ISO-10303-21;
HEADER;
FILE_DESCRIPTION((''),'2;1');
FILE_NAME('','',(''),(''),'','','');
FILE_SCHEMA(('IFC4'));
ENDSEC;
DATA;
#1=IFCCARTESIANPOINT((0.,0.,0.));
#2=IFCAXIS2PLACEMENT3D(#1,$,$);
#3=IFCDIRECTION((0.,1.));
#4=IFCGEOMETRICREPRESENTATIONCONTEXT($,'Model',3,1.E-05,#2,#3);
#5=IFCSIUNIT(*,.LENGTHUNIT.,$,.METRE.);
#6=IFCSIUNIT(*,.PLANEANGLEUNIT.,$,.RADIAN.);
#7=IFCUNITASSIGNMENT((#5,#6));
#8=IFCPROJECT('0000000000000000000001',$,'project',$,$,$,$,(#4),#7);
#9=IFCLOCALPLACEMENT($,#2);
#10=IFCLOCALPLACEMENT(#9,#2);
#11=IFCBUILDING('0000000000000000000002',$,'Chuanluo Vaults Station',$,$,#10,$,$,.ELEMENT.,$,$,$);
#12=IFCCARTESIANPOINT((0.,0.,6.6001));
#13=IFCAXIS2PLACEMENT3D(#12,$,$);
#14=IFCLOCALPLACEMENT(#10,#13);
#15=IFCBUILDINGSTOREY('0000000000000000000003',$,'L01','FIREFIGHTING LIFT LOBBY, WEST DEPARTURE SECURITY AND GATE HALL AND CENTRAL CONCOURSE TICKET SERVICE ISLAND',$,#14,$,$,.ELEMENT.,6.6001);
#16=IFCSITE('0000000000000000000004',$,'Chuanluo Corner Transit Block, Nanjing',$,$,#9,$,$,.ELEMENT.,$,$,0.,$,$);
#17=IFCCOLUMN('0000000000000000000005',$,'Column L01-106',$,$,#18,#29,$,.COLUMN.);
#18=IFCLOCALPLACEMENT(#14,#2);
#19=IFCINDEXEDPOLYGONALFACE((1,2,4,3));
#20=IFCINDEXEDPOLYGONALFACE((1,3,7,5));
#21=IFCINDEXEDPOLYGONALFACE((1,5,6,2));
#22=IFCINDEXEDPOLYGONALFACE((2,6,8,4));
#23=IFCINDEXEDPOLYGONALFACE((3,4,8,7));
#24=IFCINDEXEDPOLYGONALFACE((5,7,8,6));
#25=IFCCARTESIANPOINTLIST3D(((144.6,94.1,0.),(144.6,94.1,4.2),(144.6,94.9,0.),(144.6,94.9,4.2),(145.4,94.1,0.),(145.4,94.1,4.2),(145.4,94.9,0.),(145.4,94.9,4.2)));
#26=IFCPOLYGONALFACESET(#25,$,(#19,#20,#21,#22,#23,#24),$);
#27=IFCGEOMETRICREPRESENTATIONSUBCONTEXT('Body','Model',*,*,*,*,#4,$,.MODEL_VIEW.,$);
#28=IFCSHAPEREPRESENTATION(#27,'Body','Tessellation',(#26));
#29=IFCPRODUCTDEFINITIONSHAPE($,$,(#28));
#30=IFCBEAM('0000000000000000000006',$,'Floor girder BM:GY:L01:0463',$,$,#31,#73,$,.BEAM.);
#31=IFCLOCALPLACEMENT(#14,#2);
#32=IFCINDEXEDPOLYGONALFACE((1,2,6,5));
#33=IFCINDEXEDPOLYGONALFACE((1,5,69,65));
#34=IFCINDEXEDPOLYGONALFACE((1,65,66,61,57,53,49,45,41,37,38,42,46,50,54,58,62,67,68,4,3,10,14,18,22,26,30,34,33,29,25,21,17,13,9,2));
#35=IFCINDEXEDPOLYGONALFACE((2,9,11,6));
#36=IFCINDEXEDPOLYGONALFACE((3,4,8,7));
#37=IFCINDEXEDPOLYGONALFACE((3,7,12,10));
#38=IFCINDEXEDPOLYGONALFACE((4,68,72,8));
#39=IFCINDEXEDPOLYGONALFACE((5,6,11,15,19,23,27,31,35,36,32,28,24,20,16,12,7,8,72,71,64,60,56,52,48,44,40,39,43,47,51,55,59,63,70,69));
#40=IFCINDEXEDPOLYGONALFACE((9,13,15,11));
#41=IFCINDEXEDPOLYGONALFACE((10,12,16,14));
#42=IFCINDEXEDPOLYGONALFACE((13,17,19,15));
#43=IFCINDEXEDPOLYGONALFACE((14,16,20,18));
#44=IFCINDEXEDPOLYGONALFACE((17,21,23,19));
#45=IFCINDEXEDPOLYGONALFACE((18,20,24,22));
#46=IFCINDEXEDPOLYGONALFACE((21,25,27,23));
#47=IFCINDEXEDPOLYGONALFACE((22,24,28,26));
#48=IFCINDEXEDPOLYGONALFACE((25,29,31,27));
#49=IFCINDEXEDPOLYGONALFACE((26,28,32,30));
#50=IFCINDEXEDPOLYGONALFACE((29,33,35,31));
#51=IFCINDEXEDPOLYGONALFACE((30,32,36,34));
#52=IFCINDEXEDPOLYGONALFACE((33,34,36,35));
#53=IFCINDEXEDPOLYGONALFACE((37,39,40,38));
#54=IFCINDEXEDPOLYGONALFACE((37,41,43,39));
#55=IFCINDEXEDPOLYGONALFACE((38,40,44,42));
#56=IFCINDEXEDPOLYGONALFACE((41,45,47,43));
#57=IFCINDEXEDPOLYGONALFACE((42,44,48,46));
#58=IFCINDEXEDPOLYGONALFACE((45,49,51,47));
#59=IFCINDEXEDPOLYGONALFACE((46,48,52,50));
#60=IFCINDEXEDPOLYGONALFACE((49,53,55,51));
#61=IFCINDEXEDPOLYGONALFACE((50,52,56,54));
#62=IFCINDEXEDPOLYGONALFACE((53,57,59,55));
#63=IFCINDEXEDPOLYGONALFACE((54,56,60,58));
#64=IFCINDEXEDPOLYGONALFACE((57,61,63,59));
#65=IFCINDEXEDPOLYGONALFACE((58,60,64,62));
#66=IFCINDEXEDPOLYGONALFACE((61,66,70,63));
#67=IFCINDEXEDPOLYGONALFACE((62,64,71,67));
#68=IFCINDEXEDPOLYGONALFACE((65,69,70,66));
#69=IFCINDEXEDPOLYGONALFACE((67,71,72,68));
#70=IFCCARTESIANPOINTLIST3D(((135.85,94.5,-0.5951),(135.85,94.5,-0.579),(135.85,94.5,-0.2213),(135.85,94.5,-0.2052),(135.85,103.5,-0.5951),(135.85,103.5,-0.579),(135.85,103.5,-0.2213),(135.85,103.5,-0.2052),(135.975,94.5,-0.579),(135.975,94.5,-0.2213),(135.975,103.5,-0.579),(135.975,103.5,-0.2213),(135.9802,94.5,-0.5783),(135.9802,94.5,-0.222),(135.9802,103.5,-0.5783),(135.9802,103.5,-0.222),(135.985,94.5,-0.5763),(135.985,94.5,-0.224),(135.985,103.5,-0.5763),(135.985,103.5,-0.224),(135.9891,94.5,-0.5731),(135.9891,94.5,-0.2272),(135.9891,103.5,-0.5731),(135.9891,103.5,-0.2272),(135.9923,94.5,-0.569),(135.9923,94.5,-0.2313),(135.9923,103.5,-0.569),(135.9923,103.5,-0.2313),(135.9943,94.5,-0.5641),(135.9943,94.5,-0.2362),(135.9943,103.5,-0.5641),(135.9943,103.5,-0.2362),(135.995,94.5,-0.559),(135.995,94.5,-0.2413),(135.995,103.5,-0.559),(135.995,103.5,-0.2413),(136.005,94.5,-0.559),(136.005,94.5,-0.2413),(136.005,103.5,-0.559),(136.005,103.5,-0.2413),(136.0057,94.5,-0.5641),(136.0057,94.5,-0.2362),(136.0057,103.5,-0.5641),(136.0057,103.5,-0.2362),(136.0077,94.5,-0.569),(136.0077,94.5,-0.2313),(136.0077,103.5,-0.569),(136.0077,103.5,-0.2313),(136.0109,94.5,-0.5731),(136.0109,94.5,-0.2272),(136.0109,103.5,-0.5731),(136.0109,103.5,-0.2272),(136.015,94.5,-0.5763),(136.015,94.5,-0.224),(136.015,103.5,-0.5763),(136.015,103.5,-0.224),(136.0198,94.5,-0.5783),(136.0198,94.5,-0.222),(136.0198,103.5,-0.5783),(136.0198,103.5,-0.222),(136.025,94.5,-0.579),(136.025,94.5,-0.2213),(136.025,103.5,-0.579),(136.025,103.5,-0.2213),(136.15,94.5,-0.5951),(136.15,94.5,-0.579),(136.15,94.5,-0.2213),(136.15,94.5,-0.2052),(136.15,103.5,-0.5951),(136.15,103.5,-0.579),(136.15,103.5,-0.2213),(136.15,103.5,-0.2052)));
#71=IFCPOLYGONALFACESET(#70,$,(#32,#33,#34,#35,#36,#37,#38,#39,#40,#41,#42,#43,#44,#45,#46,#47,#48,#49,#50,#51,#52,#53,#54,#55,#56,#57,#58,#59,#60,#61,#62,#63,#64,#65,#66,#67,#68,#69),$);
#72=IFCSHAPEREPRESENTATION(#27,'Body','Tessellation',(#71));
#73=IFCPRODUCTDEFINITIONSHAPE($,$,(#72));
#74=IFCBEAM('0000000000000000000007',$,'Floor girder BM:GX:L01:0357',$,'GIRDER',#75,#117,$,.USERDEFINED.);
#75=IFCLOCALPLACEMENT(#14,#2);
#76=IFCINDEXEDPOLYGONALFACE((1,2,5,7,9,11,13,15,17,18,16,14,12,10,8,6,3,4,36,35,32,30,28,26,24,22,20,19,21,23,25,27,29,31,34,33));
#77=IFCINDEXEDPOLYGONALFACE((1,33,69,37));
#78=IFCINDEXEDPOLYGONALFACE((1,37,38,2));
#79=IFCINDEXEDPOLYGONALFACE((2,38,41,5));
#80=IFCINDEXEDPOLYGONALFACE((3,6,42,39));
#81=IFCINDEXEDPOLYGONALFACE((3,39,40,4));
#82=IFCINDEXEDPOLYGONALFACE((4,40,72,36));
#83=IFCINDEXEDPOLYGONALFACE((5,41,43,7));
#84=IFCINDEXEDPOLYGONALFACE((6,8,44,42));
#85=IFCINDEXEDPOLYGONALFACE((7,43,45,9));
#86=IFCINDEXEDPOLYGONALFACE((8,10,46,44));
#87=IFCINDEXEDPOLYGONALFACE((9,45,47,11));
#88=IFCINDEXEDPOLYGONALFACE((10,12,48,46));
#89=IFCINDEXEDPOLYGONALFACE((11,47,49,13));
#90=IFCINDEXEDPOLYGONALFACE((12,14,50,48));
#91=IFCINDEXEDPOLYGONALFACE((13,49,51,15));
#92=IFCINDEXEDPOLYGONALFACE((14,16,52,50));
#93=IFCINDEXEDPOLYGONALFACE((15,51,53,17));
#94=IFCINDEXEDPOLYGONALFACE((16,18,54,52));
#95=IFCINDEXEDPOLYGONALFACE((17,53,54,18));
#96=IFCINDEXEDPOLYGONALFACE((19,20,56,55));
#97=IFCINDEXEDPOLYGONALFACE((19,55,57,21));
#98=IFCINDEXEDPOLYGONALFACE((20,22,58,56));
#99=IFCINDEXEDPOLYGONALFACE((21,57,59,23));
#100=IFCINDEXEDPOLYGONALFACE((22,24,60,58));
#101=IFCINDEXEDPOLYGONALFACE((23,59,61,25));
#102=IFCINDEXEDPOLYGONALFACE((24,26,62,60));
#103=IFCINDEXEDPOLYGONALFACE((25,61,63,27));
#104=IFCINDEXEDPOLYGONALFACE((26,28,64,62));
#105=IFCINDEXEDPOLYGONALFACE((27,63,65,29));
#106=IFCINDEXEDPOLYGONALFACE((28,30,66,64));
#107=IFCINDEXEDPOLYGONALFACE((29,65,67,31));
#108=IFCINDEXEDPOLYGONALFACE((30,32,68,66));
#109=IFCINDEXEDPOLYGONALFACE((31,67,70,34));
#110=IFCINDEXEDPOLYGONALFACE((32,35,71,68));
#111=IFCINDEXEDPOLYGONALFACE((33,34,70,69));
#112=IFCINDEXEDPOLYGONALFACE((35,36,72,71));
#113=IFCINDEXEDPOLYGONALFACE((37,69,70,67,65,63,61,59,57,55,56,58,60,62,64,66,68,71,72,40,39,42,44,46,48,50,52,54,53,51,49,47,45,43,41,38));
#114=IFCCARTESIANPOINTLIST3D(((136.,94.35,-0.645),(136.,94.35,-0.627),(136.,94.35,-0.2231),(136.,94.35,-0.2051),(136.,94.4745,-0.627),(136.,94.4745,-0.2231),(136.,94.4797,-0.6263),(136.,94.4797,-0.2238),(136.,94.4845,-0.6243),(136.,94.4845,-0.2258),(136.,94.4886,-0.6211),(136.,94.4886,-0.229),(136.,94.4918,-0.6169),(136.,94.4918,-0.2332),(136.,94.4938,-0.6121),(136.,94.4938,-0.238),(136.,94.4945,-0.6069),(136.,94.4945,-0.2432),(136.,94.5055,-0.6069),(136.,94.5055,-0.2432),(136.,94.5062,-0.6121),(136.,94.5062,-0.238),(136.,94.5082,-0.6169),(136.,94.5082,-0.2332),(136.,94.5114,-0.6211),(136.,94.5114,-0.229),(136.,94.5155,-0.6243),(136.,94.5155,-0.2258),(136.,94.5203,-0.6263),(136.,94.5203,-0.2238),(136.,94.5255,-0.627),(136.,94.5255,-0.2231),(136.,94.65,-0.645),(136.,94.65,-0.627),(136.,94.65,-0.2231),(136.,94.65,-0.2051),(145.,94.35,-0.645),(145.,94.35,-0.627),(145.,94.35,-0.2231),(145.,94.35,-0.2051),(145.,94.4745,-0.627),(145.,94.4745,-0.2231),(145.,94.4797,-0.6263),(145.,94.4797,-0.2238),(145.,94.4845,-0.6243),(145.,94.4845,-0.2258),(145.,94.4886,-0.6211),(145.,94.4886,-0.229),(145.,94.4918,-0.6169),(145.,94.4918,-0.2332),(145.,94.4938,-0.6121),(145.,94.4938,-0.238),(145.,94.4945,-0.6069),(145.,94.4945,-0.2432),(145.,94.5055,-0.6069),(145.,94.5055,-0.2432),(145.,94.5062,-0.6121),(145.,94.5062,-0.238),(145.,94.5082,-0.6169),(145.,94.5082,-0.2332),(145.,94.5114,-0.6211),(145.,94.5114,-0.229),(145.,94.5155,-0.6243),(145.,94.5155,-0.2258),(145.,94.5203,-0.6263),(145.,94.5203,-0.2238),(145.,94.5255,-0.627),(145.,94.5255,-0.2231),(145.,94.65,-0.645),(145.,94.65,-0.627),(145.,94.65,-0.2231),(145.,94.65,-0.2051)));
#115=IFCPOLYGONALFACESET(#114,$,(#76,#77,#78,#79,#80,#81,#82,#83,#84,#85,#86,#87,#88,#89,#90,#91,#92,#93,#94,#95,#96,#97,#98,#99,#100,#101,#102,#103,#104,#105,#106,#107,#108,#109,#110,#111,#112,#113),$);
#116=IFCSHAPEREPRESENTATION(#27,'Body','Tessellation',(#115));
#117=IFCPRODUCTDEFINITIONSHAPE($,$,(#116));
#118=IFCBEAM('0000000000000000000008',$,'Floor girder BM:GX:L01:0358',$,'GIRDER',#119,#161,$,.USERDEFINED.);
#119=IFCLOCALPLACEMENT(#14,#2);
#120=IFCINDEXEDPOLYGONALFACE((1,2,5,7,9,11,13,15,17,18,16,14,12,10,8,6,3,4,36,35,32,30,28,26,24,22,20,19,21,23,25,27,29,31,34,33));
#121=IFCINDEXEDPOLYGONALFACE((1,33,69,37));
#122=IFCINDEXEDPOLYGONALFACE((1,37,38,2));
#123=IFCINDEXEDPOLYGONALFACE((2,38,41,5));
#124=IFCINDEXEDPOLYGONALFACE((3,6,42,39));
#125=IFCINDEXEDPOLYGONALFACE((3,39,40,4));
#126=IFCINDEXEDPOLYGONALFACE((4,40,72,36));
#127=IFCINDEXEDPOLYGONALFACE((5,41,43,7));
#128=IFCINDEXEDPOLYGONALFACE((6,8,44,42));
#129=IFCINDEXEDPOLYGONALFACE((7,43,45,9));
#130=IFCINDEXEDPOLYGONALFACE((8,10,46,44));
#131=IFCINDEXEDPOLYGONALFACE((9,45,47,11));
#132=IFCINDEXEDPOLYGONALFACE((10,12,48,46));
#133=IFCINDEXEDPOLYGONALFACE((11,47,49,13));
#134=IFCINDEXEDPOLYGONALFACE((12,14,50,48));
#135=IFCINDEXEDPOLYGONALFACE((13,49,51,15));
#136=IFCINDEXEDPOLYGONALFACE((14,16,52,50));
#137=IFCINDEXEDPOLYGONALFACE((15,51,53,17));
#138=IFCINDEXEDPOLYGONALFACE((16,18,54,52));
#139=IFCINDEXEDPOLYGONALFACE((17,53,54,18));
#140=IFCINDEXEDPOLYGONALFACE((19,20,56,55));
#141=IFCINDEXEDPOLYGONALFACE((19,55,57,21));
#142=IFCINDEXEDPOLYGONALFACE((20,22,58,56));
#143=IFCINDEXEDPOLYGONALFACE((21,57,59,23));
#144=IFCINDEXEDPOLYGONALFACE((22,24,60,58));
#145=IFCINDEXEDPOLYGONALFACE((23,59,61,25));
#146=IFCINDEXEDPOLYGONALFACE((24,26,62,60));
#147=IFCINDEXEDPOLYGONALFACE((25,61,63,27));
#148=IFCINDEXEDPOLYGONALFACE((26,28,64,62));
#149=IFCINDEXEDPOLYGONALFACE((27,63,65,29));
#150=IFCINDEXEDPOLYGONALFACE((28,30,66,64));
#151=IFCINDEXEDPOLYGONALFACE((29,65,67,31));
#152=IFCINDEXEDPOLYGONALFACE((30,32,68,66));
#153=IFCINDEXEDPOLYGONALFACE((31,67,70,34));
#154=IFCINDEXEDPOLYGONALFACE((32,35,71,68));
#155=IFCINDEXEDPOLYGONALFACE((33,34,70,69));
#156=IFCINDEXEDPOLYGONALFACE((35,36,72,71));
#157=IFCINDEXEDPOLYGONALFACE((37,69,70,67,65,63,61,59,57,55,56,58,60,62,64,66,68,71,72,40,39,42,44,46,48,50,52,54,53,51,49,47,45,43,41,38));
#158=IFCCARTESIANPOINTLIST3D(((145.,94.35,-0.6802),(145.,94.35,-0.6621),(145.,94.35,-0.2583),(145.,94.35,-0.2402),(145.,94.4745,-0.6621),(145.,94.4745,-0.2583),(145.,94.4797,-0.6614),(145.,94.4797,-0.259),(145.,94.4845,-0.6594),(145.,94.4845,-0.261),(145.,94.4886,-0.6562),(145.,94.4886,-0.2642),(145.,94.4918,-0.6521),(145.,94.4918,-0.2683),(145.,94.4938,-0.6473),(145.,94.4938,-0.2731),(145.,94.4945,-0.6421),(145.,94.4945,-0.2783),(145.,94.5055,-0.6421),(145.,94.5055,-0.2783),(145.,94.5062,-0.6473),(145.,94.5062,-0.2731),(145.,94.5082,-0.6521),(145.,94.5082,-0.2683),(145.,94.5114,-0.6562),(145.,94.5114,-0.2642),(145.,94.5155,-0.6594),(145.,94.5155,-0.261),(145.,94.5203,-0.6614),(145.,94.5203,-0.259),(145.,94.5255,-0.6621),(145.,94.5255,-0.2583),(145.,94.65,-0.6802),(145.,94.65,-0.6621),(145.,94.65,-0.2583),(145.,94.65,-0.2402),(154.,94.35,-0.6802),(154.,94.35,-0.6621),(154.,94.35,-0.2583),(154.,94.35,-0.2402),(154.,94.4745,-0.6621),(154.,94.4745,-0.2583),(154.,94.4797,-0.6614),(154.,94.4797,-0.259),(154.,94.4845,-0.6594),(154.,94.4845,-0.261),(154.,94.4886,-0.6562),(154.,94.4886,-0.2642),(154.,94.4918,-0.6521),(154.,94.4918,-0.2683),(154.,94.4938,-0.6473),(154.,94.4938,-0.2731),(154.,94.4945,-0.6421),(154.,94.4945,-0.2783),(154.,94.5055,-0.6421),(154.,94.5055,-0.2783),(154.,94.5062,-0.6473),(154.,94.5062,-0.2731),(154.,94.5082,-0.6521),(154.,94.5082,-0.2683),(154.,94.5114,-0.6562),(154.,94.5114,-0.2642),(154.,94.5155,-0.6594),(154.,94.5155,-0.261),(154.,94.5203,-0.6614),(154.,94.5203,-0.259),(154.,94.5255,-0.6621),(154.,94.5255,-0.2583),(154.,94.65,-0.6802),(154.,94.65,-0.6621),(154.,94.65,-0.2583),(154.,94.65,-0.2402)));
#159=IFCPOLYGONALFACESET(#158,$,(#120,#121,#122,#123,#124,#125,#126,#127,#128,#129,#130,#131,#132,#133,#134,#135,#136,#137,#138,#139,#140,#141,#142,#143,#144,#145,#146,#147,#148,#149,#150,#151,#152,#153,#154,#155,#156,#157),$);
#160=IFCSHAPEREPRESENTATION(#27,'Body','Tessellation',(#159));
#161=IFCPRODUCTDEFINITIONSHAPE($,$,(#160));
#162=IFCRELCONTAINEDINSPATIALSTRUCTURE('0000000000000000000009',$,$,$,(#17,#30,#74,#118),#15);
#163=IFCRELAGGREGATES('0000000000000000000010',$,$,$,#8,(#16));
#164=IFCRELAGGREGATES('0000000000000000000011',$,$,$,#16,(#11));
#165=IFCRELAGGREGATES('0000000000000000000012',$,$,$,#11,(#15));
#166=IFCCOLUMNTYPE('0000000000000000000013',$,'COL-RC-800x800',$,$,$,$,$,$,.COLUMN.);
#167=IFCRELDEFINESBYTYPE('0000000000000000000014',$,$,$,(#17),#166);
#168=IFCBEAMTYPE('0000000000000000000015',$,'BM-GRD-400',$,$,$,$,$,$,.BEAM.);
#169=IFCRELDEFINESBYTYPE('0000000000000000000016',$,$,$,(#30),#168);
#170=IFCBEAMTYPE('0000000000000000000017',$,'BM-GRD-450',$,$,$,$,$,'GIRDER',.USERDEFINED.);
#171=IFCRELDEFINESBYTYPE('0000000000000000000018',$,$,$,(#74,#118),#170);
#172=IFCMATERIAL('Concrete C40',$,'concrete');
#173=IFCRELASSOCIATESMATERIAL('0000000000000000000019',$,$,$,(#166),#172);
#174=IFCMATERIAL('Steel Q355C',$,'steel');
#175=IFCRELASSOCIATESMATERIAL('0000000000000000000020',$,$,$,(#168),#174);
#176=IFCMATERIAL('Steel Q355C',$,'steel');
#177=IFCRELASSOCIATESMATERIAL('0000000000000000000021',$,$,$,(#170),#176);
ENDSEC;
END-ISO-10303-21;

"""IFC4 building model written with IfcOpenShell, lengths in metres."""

from ifc_helpers import new_model, si_unit, direction, frame, origin, origin_2d, place, context, subcontext, project, spatial, rectangle, i_section, extrude, material, material_profile, profile_set, type_object, element, save


model = new_model("IFC4")

# Units and contexts
model_context = context("Model", 3, precision=1e-05, world=origin(), true_north=direction((0.0, 1.0)))
body_context = subcontext(model_context, "Body", "Model", "MODEL_VIEW")
ifc_project = project(units=[si_unit("LENGTHUNIT", "METRE"), si_unit("PLANEANGLEUNIT", "RADIAN")], contexts=[model_context])

# Site, building, storey
site_placement = place(None, origin())
site = spatial("IfcSite", under=ifc_project, at=site_placement, Name="Chuanluo Corner Transit Block, Nanjing", CompositionType="ELEMENT", RefElevation=0.0)
building_placement = place(site_placement, origin())
building = spatial("IfcBuilding", under=site, at=building_placement, Name="Chuanluo Vaults Station", CompositionType="ELEMENT")
storey_placement = place(building_placement, frame((0.0, 0.0, 6.6001)))
storey = spatial("IfcBuildingStorey", under=building, at=storey_placement, Name="L01", Description="FIREFIGHTING LIFT LOBBY, WEST DEPARTURE SECURITY AND GATE HALL AND CENTRAL CONCOURSE TICKET SERVICE ISLAND", CompositionType="ELEMENT", Elevation=6.6001)

# Column
ifc_material_1 = material(Name="Concrete C40", Category="concrete")
ifc_material_profile_1 = material_profile(ifc_material_1, rectangle(XDim=0.8, YDim=0.8, at=origin_2d()))
ifc_profile_set_1 = profile_set([ifc_material_profile_1], Name="Concrete C40")
column_type = type_object("IfcColumnType", Name="COL-RC-800x800", PredefinedType="COLUMN", material=ifc_profile_set_1)
column_placement = place(storey_placement, frame((145.0, 94.5, 0.0), z_axis=(0.0, 0.0, 1.0), x_axis=(1.0, 0.0, 0.0)))
element("IfcColumn", 1, at=column_placement, inside=storey, type_object=column_type, Name="Column L01-106", PredefinedType="COLUMN", context=body_context, shape_type="SweptSolid", body=[
    extrude(rectangle(XDim=0.8, YDim=0.8, at=origin_2d()), origin(), (0.0, 0.0, 1.0), 4.2),
])

# Beams
ifc_material_2 = material(Name="Steel Q355C", Category="steel")
ifc_material_profile_2 = material_profile(ifc_material_2, i_section(OverallWidth=0.3, OverallDepth=0.3899, WebThickness=0.01, FlangeThickness=0.0161, FilletRadius=0.02, at=origin_2d()))
ifc_profile_set_2 = profile_set([ifc_material_profile_2], Name="Steel Q355C")
beam_type_1 = type_object("IfcBeamType", Name="BM-GRD-400", PredefinedType="BEAM", material=ifc_profile_set_2)
beam_1_placement = place(storey_placement, frame((136.0, 94.5, -0.4001), z_axis=(0.0, 1.0, 0.0), x_axis=(-1.0, 0.0, 0.0)))
element("IfcBeam", 2, at=beam_1_placement, inside=storey, type_object=beam_type_1, Name="Floor girder BM:GY:L01:0463", PredefinedType="BEAM", context=body_context, shape_type="SweptSolid", body=[
    extrude(i_section(OverallWidth=0.3, OverallDepth=0.3899, WebThickness=0.01, FlangeThickness=0.0161, FilletRadius=0.02, at=origin_2d()), origin(), (0.0, 0.0, 1.0), 9.0),
])
ifc_material_3 = material(Name="Steel Q355C", Category="steel")
ifc_material_profile_3 = material_profile(ifc_material_3, i_section(OverallWidth=0.3, OverallDepth=0.4399, WebThickness=0.011, FlangeThickness=0.0181, FilletRadius=0.02, at=origin_2d()))
ifc_profile_set_3 = profile_set([ifc_material_profile_3], Name="Steel Q355C")
beam_type_2 = type_object("IfcBeamType", Name="BM-GRD-450", ElementType="GIRDER", PredefinedType="USERDEFINED", material=ifc_profile_set_3)
for number, where, z_axis, x_axis, name in (
    (3, (136.0, 94.5, -0.425), (1.0, 0.0, 0.0), (0.0, 1.0, 0.0), "Floor girder BM:GX:L01:0357"),
    (4, (145.0, 94.5, -0.4602), (1.0, 0.0, 0.0), (0.0, 1.0, 0.0), "Floor girder BM:GX:L01:0358"),
):
    element("IfcBeam", number, at=place(storey_placement, frame(where, z_axis=z_axis, x_axis=x_axis)), inside=storey, type_object=beam_type_2, Name=name, ObjectType="GIRDER", PredefinedType="USERDEFINED", context=body_context, shape_type="SweptSolid", body=[
        extrude(i_section(OverallWidth=0.3, OverallDepth=0.4399, WebThickness=0.011, FlangeThickness=0.0181, FilletRadius=0.02, at=origin_2d()), origin(), (0.0, 0.0, 1.0), 9.0),
    ])

save(model, "model.ifc")
